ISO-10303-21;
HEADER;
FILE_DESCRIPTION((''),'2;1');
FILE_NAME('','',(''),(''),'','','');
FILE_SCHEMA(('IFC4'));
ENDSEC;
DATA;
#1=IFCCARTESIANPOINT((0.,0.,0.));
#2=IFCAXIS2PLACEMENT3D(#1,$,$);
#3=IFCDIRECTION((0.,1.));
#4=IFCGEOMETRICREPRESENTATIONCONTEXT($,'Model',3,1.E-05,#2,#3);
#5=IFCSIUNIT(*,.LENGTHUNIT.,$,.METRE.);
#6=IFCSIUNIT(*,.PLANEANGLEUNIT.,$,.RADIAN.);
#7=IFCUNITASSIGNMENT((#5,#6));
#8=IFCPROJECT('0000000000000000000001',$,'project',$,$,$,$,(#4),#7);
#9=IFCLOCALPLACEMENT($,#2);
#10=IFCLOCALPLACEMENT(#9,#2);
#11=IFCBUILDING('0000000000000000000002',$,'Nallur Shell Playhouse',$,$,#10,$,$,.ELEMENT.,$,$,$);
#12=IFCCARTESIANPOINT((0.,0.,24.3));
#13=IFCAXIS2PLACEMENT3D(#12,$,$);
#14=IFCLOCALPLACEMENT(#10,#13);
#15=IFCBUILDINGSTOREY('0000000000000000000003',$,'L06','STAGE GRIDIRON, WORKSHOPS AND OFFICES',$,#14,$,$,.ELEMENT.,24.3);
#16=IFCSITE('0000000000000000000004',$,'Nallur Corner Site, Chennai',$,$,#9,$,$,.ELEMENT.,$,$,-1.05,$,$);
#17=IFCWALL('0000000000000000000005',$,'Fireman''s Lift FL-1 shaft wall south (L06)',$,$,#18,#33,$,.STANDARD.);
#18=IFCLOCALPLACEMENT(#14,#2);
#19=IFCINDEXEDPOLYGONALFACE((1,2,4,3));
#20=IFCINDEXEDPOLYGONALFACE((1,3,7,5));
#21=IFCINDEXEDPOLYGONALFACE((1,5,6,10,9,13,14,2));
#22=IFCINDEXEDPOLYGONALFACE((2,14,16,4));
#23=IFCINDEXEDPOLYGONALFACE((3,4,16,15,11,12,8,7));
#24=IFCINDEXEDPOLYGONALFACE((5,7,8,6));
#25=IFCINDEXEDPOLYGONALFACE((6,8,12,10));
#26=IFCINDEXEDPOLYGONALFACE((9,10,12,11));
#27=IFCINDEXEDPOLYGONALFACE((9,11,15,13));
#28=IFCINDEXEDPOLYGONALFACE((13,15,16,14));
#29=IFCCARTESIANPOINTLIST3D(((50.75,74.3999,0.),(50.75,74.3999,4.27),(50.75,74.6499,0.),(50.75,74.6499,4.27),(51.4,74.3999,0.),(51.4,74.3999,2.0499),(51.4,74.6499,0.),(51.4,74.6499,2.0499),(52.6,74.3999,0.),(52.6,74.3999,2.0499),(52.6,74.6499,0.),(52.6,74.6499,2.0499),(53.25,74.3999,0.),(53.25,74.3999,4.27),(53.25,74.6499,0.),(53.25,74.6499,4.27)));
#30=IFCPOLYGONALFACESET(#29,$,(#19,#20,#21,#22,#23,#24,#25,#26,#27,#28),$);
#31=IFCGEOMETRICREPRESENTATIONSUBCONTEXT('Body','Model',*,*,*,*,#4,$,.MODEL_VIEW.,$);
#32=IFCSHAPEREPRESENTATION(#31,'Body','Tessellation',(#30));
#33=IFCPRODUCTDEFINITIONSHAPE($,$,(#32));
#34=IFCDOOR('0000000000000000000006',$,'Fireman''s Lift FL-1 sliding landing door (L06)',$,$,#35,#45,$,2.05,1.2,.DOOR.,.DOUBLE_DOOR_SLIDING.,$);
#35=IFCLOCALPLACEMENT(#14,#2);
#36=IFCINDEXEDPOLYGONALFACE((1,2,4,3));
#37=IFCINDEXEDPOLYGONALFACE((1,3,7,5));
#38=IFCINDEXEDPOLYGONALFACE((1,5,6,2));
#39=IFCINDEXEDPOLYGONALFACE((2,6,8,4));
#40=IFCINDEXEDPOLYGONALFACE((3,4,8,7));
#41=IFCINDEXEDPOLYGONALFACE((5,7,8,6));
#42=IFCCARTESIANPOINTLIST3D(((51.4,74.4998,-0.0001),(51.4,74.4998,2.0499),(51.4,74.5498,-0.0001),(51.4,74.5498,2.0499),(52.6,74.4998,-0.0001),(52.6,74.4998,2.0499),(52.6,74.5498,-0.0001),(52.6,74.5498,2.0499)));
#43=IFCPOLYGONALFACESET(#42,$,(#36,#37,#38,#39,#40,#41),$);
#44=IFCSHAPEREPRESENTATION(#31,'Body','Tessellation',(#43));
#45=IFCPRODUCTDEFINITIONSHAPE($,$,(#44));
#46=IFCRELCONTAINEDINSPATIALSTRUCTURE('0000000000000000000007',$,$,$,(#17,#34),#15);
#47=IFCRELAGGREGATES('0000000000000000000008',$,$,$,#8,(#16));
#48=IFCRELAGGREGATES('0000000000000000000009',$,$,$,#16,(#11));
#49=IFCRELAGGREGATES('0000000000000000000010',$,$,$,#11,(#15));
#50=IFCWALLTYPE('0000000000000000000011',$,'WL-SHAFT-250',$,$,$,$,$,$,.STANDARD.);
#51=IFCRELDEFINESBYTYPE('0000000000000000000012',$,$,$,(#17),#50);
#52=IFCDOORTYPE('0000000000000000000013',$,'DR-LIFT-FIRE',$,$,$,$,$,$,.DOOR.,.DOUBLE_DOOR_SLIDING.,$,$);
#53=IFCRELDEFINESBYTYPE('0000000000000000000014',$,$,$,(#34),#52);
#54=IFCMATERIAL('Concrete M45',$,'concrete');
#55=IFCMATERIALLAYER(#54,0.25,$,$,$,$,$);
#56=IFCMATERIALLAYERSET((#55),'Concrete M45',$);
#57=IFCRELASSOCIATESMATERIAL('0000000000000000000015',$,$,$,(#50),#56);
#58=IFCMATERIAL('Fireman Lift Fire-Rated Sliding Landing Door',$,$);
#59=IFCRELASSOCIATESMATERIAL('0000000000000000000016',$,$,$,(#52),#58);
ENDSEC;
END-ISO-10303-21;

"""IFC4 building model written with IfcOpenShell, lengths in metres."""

from ifc_helpers import new_model, si_unit, direction, frame, frame_2d, origin, place, context, subcontext, project, spatial, rectangle, extrude, material, layer, layer_set, type_object, element, fill, save


model = new_model("IFC4")

# Units and contexts
model_context = context("Model", 3, precision=1e-05, world=origin(), true_north=direction((0.0, 1.0)))
body_context = subcontext(model_context, "Body", "Model", "MODEL_VIEW")
ifc_project = project(units=[si_unit("LENGTHUNIT", "METRE"), si_unit("PLANEANGLEUNIT", "RADIAN")], contexts=[model_context])

# Site, building, storey
site_placement = place(None, origin())
site = spatial("IfcSite", under=ifc_project, at=site_placement, Name="Nallur Corner Site, Chennai", CompositionType="ELEMENT", RefElevation=-1.05)
building_placement = place(site_placement, origin())
building = spatial("IfcBuilding", under=site, at=building_placement, Name="Nallur Shell Playhouse", CompositionType="ELEMENT")
storey_placement = place(building_placement, frame((0.0, 0.0, 24.3)))
storey = spatial("IfcBuildingStorey", under=building, at=storey_placement, Name="L06", Description="STAGE GRIDIRON, WORKSHOPS AND OFFICES", CompositionType="ELEMENT", Elevation=24.3)

# Wall, opening, door
ifc_material_1 = material(Name="Concrete M45", Category="concrete")
ifc_layer_1 = layer(ifc_material_1, 0.25)
ifc_layer_set_1 = layer_set([ifc_layer_1], Name="Concrete M45")
wall_type_1 = type_object("IfcWallType", Name="WL-SHAFT-250", PredefinedType="STANDARD", material=ifc_layer_set_1)
wall_1_placement = place(storey_placement, frame((50.75, 74.5249, 0.0), z_axis=(0.0, 0.0, 1.0), x_axis=(1.0, 0.0, 0.0)))
wall_1 = element("IfcWall", 1, at=wall_1_placement, inside=storey, type_object=wall_type_1, Name="Fireman's Lift FL-1 shaft wall south (L06)", PredefinedType="STANDARD", context=body_context, shape_type="SweptSolid", body=[
    extrude(rectangle(XDim=2.5, YDim=0.25, at=frame_2d((1.25, 0.0))), origin(), (0.0, 0.0, 1.0), 4.27),
])
opening_1_placement = place(wall_1_placement, frame((0.6499, 0.0, 0.0)))
opening_1 = element("IfcOpeningElement", 2, at=opening_1_placement, cuts=wall_1, PredefinedType="OPENING", context=body_context, shape_type="SweptSolid", body=[
    extrude(rectangle(XDim=1.2, YDim=2.05, at=frame_2d((0.6001, 1.0249))), frame((0.0, 0.135, 0.0), z_axis=(0.0, -1.0, 0.0), x_axis=(1.0, 0.0, 0.0)), (0.0, 0.0, 1.0), 0.27),
])
ifc_material_2 = material(Name="Fireman Lift Fire-Rated Sliding Landing Door")
door_type_1 = type_object("IfcDoorType", Name="DR-LIFT-FIRE", OperationType="DOUBLE_DOOR_SLIDING", PredefinedType="DOOR", material=ifc_material_2)
door_1_placement = place(opening_1_placement, origin())
door_1 = element("IfcDoor", 3, at=door_1_placement, inside=storey, type_object=door_type_1, Name="Fireman's Lift FL-1 sliding landing door (L06)", OperationType="DOUBLE_DOOR_SLIDING", OverallHeight=2.05, OverallWidth=1.2, PredefinedType="DOOR", context=body_context, shape_type="SweptSolid", body=[
    extrude(rectangle(XDim=1.2, YDim=2.05, at=frame_2d((0.6001, 1.0249))), frame((0.0, 0.0249, 0.0), z_axis=(0.0, -1.0, 0.0), x_axis=(1.0, 0.0, 0.0)), (0.0, 0.0, 1.0), 0.05),
])
fill(opening_1, door_1)

save(model, "model.ifc")
